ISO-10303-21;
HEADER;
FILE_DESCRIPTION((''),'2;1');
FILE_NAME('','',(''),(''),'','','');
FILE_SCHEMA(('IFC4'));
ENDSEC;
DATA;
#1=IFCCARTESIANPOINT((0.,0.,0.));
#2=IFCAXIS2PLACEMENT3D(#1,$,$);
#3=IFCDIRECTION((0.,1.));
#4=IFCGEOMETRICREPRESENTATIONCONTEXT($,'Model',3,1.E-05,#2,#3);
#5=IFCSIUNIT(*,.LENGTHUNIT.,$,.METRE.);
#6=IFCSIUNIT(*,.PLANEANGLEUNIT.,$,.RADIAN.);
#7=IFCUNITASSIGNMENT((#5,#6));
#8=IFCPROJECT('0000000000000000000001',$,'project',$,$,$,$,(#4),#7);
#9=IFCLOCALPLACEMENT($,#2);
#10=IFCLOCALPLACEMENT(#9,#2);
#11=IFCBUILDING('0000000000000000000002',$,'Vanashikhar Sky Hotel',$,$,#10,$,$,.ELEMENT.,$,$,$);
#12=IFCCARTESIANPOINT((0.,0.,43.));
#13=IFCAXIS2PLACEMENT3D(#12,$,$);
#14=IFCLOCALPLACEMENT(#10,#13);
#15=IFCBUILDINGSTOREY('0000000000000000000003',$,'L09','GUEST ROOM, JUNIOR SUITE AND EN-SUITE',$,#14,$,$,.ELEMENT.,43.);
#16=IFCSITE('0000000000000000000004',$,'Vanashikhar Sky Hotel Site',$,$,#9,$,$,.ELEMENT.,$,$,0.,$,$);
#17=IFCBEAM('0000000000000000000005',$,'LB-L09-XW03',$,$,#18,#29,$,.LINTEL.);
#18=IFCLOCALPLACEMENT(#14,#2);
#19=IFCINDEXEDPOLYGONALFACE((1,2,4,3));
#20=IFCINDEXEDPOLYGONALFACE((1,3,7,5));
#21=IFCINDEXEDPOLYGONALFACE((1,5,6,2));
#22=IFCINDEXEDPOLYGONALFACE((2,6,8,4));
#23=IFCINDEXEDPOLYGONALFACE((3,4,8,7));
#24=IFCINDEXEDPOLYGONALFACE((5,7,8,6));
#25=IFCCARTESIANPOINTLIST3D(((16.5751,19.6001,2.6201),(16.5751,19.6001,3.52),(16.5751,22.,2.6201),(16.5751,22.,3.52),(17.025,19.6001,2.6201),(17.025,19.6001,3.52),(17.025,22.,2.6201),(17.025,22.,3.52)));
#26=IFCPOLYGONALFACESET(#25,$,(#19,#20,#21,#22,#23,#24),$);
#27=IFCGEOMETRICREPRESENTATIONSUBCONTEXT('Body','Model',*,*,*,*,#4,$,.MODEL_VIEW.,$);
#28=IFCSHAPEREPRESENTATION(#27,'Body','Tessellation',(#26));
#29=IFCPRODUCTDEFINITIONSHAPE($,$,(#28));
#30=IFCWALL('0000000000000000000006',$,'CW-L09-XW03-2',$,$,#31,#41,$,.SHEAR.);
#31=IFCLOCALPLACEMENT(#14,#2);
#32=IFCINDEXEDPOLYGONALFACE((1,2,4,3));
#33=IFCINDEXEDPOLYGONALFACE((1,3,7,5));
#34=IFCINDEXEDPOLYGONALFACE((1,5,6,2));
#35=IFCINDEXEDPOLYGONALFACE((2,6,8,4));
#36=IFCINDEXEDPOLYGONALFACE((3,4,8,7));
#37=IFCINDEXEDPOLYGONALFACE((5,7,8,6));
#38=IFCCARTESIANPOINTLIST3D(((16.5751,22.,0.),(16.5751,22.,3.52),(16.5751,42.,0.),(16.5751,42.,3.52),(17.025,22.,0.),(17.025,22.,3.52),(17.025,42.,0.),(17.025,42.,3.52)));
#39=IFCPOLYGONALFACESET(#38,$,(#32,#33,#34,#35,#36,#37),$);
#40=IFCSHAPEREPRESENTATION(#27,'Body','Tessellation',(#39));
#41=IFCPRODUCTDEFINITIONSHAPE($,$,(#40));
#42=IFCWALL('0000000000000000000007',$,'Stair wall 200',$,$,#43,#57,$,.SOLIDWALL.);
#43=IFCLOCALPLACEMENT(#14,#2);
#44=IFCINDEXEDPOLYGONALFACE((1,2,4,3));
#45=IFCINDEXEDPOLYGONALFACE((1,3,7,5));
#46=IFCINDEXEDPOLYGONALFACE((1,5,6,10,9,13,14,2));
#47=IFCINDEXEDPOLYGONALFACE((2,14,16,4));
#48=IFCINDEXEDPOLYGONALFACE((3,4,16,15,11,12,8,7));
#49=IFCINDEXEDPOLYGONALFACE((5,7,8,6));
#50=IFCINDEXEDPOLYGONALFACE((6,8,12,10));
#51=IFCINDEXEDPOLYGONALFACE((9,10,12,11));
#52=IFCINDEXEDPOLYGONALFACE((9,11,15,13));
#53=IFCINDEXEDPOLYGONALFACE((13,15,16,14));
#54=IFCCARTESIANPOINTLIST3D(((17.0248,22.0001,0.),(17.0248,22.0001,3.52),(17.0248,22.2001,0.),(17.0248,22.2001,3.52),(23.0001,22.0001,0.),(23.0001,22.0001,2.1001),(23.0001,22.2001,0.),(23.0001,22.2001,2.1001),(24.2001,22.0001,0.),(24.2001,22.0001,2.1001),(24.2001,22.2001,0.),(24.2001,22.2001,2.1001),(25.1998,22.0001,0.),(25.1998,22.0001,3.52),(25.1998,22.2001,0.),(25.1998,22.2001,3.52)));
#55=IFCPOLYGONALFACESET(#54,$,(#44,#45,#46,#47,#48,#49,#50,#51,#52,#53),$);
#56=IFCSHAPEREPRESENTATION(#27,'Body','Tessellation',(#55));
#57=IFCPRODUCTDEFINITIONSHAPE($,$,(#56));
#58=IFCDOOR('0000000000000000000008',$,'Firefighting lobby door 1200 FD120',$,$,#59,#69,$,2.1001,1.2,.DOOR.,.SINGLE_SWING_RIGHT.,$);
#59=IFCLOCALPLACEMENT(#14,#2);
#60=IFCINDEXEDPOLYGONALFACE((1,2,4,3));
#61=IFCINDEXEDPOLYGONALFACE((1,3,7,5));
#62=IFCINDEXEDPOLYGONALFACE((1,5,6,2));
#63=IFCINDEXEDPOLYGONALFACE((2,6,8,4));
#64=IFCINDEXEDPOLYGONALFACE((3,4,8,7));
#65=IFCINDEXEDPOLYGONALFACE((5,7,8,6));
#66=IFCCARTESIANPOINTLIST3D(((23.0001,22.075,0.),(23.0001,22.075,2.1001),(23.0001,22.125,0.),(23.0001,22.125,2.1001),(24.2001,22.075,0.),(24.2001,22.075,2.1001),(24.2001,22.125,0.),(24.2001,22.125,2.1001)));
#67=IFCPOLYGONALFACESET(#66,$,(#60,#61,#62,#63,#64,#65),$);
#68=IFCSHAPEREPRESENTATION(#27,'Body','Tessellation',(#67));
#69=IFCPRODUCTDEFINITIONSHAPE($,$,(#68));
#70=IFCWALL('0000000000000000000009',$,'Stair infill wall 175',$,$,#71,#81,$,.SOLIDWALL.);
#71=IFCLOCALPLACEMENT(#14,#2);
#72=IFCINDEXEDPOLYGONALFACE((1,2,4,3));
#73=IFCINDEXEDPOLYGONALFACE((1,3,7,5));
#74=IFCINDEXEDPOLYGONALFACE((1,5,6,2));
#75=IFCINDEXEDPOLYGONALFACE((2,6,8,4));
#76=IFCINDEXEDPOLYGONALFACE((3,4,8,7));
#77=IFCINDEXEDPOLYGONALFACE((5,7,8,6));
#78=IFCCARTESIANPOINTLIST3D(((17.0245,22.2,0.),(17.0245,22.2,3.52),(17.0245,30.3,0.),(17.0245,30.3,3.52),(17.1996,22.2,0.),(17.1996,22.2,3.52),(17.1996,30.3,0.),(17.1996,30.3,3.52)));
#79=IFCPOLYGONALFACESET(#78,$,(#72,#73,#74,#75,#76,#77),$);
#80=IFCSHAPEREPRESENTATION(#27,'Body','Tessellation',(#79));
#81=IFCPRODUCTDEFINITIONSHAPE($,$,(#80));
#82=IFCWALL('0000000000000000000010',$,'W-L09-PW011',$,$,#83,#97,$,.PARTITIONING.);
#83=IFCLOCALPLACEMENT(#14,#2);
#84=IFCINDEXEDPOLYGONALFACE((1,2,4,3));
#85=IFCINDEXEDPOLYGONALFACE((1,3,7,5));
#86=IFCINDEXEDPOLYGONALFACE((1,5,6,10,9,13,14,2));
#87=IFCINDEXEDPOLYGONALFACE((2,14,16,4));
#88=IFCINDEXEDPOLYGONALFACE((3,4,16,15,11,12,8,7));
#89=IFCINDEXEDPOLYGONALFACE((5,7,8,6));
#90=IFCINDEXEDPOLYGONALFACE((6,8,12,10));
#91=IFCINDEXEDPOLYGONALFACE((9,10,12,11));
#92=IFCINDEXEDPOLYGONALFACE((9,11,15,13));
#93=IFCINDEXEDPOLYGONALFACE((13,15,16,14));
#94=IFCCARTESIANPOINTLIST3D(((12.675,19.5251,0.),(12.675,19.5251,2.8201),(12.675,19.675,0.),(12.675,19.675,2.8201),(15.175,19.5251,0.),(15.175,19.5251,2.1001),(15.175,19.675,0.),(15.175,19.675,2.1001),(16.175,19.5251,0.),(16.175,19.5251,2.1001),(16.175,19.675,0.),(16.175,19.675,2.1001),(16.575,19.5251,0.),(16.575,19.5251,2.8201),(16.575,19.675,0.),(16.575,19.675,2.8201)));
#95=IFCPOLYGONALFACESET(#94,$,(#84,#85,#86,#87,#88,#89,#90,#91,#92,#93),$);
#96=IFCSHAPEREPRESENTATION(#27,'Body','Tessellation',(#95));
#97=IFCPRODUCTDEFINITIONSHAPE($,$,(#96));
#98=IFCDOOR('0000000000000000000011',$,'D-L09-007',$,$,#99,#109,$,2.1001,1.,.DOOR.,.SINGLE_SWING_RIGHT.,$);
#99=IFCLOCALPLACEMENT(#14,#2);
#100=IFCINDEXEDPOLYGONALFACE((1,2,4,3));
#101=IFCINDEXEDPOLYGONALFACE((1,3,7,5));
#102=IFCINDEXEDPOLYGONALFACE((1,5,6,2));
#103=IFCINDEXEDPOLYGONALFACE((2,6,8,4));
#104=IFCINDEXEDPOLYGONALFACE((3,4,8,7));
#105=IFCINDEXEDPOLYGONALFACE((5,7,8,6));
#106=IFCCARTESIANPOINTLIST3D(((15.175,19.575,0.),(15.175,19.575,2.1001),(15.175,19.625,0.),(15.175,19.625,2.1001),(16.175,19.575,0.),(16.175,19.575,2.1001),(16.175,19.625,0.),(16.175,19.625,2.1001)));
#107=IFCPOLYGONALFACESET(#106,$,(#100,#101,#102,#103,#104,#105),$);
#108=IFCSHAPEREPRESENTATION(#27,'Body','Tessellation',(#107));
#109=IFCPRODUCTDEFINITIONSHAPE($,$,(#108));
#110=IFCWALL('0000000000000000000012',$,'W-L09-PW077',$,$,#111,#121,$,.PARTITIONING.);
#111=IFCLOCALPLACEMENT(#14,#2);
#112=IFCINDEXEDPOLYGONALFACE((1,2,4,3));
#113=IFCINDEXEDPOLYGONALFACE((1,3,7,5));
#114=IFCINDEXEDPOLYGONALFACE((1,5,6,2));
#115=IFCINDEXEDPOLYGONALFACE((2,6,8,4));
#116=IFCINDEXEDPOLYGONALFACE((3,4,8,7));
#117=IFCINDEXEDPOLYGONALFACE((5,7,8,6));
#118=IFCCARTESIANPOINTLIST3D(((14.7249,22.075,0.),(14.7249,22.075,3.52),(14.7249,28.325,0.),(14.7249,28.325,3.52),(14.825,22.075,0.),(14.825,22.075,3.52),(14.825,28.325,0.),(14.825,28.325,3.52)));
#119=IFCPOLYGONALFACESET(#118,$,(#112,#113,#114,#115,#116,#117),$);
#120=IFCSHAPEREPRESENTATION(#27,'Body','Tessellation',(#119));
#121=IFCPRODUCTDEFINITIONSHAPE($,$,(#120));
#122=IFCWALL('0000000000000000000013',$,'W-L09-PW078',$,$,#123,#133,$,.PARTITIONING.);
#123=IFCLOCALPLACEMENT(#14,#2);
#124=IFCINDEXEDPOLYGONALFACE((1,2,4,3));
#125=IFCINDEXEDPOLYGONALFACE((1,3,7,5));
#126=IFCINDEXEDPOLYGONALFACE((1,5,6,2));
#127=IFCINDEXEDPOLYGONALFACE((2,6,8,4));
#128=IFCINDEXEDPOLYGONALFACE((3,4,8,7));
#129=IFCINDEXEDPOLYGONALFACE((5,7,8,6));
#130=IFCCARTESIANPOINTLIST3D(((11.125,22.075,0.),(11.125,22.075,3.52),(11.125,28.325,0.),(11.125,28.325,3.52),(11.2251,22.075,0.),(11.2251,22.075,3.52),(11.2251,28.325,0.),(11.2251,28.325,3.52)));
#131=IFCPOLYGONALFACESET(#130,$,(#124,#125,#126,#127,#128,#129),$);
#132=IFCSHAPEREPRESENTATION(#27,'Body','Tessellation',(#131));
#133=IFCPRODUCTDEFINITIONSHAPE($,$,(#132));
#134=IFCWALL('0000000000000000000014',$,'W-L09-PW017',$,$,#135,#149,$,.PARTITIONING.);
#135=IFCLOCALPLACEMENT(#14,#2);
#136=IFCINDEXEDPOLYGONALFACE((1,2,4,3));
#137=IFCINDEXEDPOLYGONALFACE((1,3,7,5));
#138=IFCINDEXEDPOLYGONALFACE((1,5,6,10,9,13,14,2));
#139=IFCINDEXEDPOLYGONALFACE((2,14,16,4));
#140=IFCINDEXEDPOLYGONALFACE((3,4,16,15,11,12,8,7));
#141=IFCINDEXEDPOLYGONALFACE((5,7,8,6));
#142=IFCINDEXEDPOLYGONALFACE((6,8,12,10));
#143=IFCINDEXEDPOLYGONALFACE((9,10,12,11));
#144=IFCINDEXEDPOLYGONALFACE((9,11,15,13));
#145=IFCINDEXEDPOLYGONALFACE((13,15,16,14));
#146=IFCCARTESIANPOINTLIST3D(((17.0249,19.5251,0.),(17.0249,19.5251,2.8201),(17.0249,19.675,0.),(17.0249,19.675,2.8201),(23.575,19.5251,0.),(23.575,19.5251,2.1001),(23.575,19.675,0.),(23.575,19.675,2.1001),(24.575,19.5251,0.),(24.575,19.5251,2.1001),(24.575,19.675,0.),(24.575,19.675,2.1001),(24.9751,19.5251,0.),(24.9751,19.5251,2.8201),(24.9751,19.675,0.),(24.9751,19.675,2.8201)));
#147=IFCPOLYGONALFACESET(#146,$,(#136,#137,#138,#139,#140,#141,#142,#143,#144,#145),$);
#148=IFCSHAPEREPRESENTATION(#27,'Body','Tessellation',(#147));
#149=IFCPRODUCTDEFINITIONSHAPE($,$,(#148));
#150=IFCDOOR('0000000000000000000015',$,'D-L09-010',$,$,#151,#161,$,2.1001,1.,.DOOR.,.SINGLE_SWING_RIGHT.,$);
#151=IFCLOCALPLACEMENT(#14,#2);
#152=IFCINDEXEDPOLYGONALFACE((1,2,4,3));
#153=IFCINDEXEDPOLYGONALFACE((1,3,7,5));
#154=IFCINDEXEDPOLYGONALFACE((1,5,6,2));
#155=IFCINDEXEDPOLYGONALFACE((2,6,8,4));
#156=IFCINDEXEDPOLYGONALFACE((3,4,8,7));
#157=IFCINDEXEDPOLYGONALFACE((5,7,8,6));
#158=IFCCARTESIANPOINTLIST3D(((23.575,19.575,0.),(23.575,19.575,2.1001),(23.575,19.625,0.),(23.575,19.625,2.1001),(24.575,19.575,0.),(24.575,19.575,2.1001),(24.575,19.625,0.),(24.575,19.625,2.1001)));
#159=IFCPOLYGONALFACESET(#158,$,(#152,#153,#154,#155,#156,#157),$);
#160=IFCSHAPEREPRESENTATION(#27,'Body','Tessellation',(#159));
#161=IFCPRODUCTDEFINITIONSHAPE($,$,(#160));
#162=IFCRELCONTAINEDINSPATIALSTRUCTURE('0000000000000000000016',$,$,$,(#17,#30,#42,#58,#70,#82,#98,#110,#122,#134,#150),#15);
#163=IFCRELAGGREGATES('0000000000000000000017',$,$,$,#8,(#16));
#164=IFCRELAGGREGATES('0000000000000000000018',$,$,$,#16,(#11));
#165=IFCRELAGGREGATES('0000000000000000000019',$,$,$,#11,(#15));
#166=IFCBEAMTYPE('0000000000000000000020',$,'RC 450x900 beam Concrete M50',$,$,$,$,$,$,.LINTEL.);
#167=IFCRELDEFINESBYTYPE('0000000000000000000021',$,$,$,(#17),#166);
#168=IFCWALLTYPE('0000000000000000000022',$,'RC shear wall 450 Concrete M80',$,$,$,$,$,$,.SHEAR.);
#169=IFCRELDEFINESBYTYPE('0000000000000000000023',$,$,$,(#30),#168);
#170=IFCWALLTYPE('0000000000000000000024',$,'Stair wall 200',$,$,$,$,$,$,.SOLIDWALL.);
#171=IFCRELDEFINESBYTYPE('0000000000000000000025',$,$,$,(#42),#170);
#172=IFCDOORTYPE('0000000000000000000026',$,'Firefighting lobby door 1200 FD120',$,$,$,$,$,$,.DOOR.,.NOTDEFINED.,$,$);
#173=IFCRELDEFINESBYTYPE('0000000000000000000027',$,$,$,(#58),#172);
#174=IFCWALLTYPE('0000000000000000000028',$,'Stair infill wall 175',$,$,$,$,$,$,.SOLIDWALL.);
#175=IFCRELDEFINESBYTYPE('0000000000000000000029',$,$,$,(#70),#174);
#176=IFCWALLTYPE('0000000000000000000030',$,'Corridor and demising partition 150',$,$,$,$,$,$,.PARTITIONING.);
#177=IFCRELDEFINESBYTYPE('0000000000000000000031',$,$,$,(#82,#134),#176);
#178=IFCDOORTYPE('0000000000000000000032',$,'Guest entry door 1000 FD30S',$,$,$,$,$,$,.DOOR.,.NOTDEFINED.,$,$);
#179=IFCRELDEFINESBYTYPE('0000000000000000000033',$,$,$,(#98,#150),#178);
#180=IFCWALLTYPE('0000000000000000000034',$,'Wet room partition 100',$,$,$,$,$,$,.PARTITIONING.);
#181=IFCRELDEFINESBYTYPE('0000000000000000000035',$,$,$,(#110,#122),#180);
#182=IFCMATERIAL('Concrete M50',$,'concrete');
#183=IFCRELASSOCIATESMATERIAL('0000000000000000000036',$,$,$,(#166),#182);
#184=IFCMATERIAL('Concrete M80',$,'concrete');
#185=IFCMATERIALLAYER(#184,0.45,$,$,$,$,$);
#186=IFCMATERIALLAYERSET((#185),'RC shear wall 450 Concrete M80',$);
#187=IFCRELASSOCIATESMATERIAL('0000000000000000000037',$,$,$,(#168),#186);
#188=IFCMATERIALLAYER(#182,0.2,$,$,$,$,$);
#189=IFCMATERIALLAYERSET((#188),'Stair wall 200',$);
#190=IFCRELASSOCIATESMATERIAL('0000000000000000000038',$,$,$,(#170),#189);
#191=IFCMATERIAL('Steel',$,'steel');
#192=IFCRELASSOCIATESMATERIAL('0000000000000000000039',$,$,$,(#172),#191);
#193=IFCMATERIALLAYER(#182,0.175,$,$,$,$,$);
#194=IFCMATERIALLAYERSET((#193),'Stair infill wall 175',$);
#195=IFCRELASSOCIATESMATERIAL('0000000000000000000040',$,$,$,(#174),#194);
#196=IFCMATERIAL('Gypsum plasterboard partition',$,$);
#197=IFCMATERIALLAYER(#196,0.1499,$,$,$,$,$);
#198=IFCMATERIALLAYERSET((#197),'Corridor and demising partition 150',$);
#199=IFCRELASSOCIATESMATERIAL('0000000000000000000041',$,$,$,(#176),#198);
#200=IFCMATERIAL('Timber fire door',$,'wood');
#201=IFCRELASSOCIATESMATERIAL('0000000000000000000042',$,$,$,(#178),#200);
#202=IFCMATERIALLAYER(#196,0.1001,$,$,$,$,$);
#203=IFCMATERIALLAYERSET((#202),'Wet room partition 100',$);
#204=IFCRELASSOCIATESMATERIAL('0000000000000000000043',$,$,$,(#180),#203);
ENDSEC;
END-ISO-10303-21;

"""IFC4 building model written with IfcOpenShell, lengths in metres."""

from ifc_helpers import new_model, si_unit, direction, frame, frame_2d, origin, origin_2d, place, context, subcontext, project, spatial, rectangle, extrude, source, transform, mapped, material, layer, layer_set, material_profile, profile_set, type_object, element, fill, save


model = new_model("IFC4")

# Units and contexts
model_context = context("Model", 3, precision=1e-05, world=origin(), true_north=direction((0.0, 1.0)))
body_context = subcontext(model_context, "Body", "Model", "MODEL_VIEW")
ifc_project = project(units=[si_unit("LENGTHUNIT", "METRE"), si_unit("PLANEANGLEUNIT", "RADIAN")], contexts=[model_context])

# Site, building, storey
site_placement = place(None, origin())
site = spatial("IfcSite", under=ifc_project, at=site_placement, Name="Vanashikhar Sky Hotel Site", CompositionType="ELEMENT", RefElevation=0.0)
building_placement = place(site_placement, origin())
building = spatial("IfcBuilding", under=site, at=building_placement, Name="Vanashikhar Sky Hotel", CompositionType="ELEMENT")
storey_placement = place(building_placement, frame((0.0, 0.0, 43.0)))
storey = spatial("IfcBuildingStorey", under=building, at=storey_placement, Name="L09", Description="GUEST ROOM, JUNIOR SUITE AND EN-SUITE", CompositionType="ELEMENT", Elevation=43.0)

# Beam
ifc_material_1 = material(Name="Concrete M50", Category="concrete")
ifc_material_profile = material_profile(ifc_material_1, rectangle(XDim=0.45, YDim=0.8999, at=origin_2d()))
ifc_profile_set = profile_set([ifc_material_profile], Name="RC 450x900 beam Concrete M50")
beam_type = type_object("IfcBeamType", Name="RC 450x900 beam Concrete M50", PredefinedType="LINTEL", material=ifc_profile_set)
shared_shape_1 = source(origin(), body_context, "Body", "SweptSolid", [
    extrude(rectangle(XDim=0.45, YDim=0.8999, at=origin_2d()), origin(), (0.0, 0.0, 1.0), 2.3999),
])
beam_placement = place(storey_placement, frame((16.8, 19.6001, 3.0701), z_axis=(0.0, 1.0, 0.0), x_axis=(-1.0, 0.0, 0.0)))
element("IfcBeam", 1, at=beam_placement, inside=storey, type_object=beam_type, Name="LB-L09-XW03", PredefinedType="LINTEL", context=body_context, shape_type="MappedRepresentation", body=[
    mapped(shared_shape_1, transform((0.0, 0.0, 0.0), scale=1.0)),
])

# Wall
ifc_material_2 = material(Name="Concrete M80", Category="concrete")
ifc_layer_1 = layer(ifc_material_2, 0.45)
ifc_layer_set_1 = layer_set([ifc_layer_1], Name="RC shear wall 450 Concrete M80")
wall_type_1 = type_object("IfcWallType", Name="RC shear wall 450 Concrete M80", PredefinedType="SHEAR", material=ifc_layer_set_1)
shared_shape_2 = source(origin(), body_context, "Body", "SweptSolid", [
    extrude(rectangle(XDim=20.0, YDim=0.45, at=frame_2d((10.0, 0.0))), origin(), (0.0, 0.0, 1.0), 3.52),
])
wall_1_placement = place(storey_placement, frame((16.8, 22.0, 0.0), z_axis=(0.0, 0.0, 1.0), x_axis=(0.0, 1.0, 0.0)))
element("IfcWall", 2, at=wall_1_placement, inside=storey, type_object=wall_type_1, Name="CW-L09-XW03-2", PredefinedType="SHEAR", context=body_context, shape_type="MappedRepresentation", body=[
    mapped(shared_shape_2, transform((0.0, 0.0, 0.0), scale=1.0)),
])

# Wall, opening, door
ifc_layer_2 = layer(ifc_material_1, 0.2)
ifc_layer_set_2 = layer_set([ifc_layer_2], Name="Stair wall 200")
wall_type_2 = type_object("IfcWallType", Name="Stair wall 200", PredefinedType="SOLIDWALL", material=ifc_layer_set_2)
shared_shape_3 = source(origin(), body_context, "Body", "SweptSolid", [
    extrude(rectangle(XDim=8.175, YDim=0.2, at=frame_2d((4.0874, 0.0))), origin(), (0.0, 0.0, 1.0), 3.52),
])
wall_2_placement = place(storey_placement, frame((17.0249, 22.1001, 0.0), z_axis=(0.0, 0.0, 1.0), x_axis=(1.0, 0.0, 0.0)))
wall_2 = element("IfcWall", 3, at=wall_2_placement, inside=storey, type_object=wall_type_2, Name="Stair wall 200", PredefinedType="SOLIDWALL", context=body_context, shape_type="MappedRepresentation", body=[
    mapped(shared_shape_3, transform((0.0, 0.0, 0.0), scale=1.0)),
])
shared_shape_4 = source(origin(), body_context, "Body", "SweptSolid", [
    extrude(rectangle(XDim=1.2, YDim=2.1001, at=frame_2d((0.6001, 1.05))), frame((0.0, 0.1099, 0.0), z_axis=(0.0, -1.0, 0.0), x_axis=(1.0, 0.0, 0.0)), (0.0, 0.0, 1.0), 0.22),
])
opening_1_placement = place(wall_2_placement, frame((5.9751, 0.0, 0.0)))
opening_1 = element("IfcOpeningElement", 4, at=opening_1_placement, cuts=wall_2, PredefinedType="OPENING", context=body_context, shape_type="MappedRepresentation", body=[
    mapped(shared_shape_4, transform((0.0, 0.0, 0.0), scale=1.0)),
])
ifc_material_3 = material(Name="Steel", Category="steel")
door_type_1 = type_object("IfcDoorType", Name="Firefighting lobby door 1200 FD120", OperationType="NOTDEFINED", PredefinedType="DOOR", material=ifc_material_3)
shared_shape_5 = source(origin(), body_context, "Body", "SweptSolid", [
    extrude(rectangle(XDim=1.2, YDim=2.1001, at=frame_2d((0.6001, 1.05))), frame((0.0, 0.0249, 0.0), z_axis=(0.0, -1.0, 0.0), x_axis=(1.0, 0.0, 0.0)), (0.0, 0.0, 1.0), 0.05),
])
door_1_placement = place(opening_1_placement, origin())
door_1 = element("IfcDoor", 5, at=door_1_placement, inside=storey, type_object=door_type_1, Name="Firefighting lobby door 1200 FD120", OperationType="SINGLE_SWING_RIGHT", OverallHeight=2.1001, OverallWidth=1.2, PredefinedType="DOOR", context=body_context, shape_type="MappedRepresentation", body=[
    mapped(shared_shape_5, transform((0.0, 0.0, 0.0), scale=1.0)),
])
fill(opening_1, door_1)

# Wall
ifc_layer_3 = layer(ifc_material_1, 0.175)
ifc_layer_set_3 = layer_set([ifc_layer_3], Name="Stair infill wall 175")
wall_type_3 = type_object("IfcWallType", Name="Stair infill wall 175", PredefinedType="SOLIDWALL", material=ifc_layer_set_3)
shared_shape_6 = source(origin(), body_context, "Body", "SweptSolid", [
    extrude(rectangle(XDim=8.1001, YDim=0.175, at=frame_2d((4.05, 0.0))), origin(), (0.0, 0.0, 1.0), 3.52),
])
wall_3_placement = place(storey_placement, frame((17.1121, 22.2, 0.0), z_axis=(0.0, 0.0, 1.0), x_axis=(0.0, 1.0, 0.0)))
element("IfcWall", 6, at=wall_3_placement, inside=storey, type_object=wall_type_3, Name="Stair infill wall 175", PredefinedType="SOLIDWALL", context=body_context, shape_type="MappedRepresentation", body=[
    mapped(shared_shape_6, transform((0.0, 0.0, 0.0), scale=1.0)),
])

# Wall, opening, door
ifc_material_4 = material(Name="Gypsum plasterboard partition")
ifc_layer_4 = layer(ifc_material_4, 0.1499)
ifc_layer_set_4 = layer_set([ifc_layer_4], Name="Corridor and demising partition 150")
wall_type_4 = type_object("IfcWallType", Name="Corridor and demising partition 150", PredefinedType="PARTITIONING", material=ifc_layer_set_4)
shared_shape_7 = source(origin(), body_context, "Body", "SweptSolid", [
    extrude(rectangle(XDim=3.8999, YDim=0.1499, at=frame_2d((1.95, 0.0))), origin(), (0.0, 0.0, 1.0), 2.8201),
])
wall_4_placement = place(storey_placement, frame((12.675, 19.6001, 0.0), z_axis=(0.0, 0.0, 1.0), x_axis=(1.0, 0.0, 0.0)))
wall_4 = element("IfcWall", 7, at=wall_4_placement, inside=storey, type_object=wall_type_4, Name="W-L09-PW011", PredefinedType="PARTITIONING", context=body_context, shape_type="MappedRepresentation", body=[
    mapped(shared_shape_7, transform((0.0, 0.0, 0.0), scale=1.0)),
])
shared_shape_8 = source(origin(), body_context, "Body", "SweptSolid", [
    extrude(rectangle(XDim=1.0, YDim=2.1001, at=frame_2d((0.5, 1.05))), frame((0.0, 0.085, 0.0), z_axis=(0.0, -1.0, 0.0), x_axis=(1.0, 0.0, 0.0)), (0.0, 0.0, 1.0), 0.1699),
])
opening_2_placement = place(wall_4_placement, frame((2.5, 0.0, 0.0)))
opening_2 = element("IfcOpeningElement", 8, at=opening_2_placement, cuts=wall_4, PredefinedType="OPENING", context=body_context, shape_type="MappedRepresentation", body=[
    mapped(shared_shape_8, transform((0.0, 0.0, 0.0), scale=1.0)),
])
ifc_material_5 = material(Name="Timber fire door", Category="wood")
door_type_2 = type_object("IfcDoorType", Name="Guest entry door 1000 FD30S", OperationType="NOTDEFINED", PredefinedType="DOOR", material=ifc_material_5)
shared_shape_9 = source(origin(), body_context, "Body", "SweptSolid", [
    extrude(rectangle(XDim=1.0, YDim=2.1001, at=frame_2d((0.5, 1.05))), frame((0.0, 0.0249, 0.0), z_axis=(0.0, -1.0, 0.0), x_axis=(1.0, 0.0, 0.0)), (0.0, 0.0, 1.0), 0.05),
])
door_2_placement = place(opening_2_placement, origin())
door_2 = element("IfcDoor", 9, at=door_2_placement, inside=storey, type_object=door_type_2, Name="D-L09-007", OperationType="SINGLE_SWING_RIGHT", OverallHeight=2.1001, OverallWidth=1.0, PredefinedType="DOOR", context=body_context, shape_type="MappedRepresentation", body=[
    mapped(shared_shape_9, transform((0.0, 0.0, 0.0), scale=1.0)),
])
fill(opening_2, door_2)

# Walls
ifc_layer_5 = layer(ifc_material_4, 0.1001)
ifc_layer_set_5 = layer_set([ifc_layer_5], Name="Wet room partition 100")
wall_type_5 = type_object("IfcWallType", Name="Wet room partition 100", PredefinedType="PARTITIONING", material=ifc_layer_set_5)
shared_shape_10 = source(origin(), body_context, "Body", "SweptSolid", [
    extrude(rectangle(XDim=6.25, YDim=0.1001, at=frame_2d((3.125, 0.0))), origin(), (0.0, 0.0, 1.0), 3.52),
])
for number, where, z_axis, x_axis, name in (
    (10, (14.7749, 22.075, 0.0), (0.0, 0.0, 1.0), (0.0, 1.0, 0.0), "W-L09-PW077"),
    (11, (11.175, 22.075, 0.0), (0.0, 0.0, 1.0), (0.0, 1.0, 0.0), "W-L09-PW078"),
):
    element("IfcWall", number, at=place(storey_placement, frame(where, z_axis=z_axis, x_axis=x_axis)), inside=storey, type_object=wall_type_5, Name=name, PredefinedType="PARTITIONING", context=body_context, shape_type="MappedRepresentation", body=[
        mapped(shared_shape_10, transform((0.0, 0.0, 0.0), scale=1.0)),
    ])

# Wall, opening, door
shared_shape_11 = source(origin(), body_context, "Body", "SweptSolid", [
    extrude(rectangle(XDim=7.9502, YDim=0.1499, at=frame_2d((3.9751, 0.0))), origin(), (0.0, 0.0, 1.0), 2.8201),
])
wall_5_placement = place(storey_placement, frame((17.0249, 19.6001, 0.0), z_axis=(0.0, 0.0, 1.0), x_axis=(1.0, 0.0, 0.0)))
wall_5 = element("IfcWall", 12, at=wall_5_placement, inside=storey, type_object=wall_type_4, Name="W-L09-PW017", PredefinedType="PARTITIONING", context=body_context, shape_type="MappedRepresentation", body=[
    mapped(shared_shape_11, transform((0.0, 0.0, 0.0), scale=1.0)),
])
opening_3_placement = place(wall_5_placement, frame((6.55, 0.0, 0.0)))
opening_3 = element("IfcOpeningElement", 13, at=opening_3_placement, cuts=wall_5, PredefinedType="OPENING", context=body_context, shape_type="MappedRepresentation", body=[
    mapped(shared_shape_8, transform((0.0, 0.0, 0.0), scale=1.0)),
])
door_3_placement = place(opening_3_placement, origin())
door_3 = element("IfcDoor", 14, at=door_3_placement, inside=storey, type_object=door_type_2, Name="D-L09-010", OperationType="SINGLE_SWING_RIGHT", OverallHeight=2.1001, OverallWidth=1.0, PredefinedType="DOOR", context=body_context, shape_type="MappedRepresentation", body=[
    mapped(shared_shape_9, transform((0.0, 0.0, 0.0), scale=1.0)),
])
fill(opening_3, door_3)

save(model, "model.ifc")
